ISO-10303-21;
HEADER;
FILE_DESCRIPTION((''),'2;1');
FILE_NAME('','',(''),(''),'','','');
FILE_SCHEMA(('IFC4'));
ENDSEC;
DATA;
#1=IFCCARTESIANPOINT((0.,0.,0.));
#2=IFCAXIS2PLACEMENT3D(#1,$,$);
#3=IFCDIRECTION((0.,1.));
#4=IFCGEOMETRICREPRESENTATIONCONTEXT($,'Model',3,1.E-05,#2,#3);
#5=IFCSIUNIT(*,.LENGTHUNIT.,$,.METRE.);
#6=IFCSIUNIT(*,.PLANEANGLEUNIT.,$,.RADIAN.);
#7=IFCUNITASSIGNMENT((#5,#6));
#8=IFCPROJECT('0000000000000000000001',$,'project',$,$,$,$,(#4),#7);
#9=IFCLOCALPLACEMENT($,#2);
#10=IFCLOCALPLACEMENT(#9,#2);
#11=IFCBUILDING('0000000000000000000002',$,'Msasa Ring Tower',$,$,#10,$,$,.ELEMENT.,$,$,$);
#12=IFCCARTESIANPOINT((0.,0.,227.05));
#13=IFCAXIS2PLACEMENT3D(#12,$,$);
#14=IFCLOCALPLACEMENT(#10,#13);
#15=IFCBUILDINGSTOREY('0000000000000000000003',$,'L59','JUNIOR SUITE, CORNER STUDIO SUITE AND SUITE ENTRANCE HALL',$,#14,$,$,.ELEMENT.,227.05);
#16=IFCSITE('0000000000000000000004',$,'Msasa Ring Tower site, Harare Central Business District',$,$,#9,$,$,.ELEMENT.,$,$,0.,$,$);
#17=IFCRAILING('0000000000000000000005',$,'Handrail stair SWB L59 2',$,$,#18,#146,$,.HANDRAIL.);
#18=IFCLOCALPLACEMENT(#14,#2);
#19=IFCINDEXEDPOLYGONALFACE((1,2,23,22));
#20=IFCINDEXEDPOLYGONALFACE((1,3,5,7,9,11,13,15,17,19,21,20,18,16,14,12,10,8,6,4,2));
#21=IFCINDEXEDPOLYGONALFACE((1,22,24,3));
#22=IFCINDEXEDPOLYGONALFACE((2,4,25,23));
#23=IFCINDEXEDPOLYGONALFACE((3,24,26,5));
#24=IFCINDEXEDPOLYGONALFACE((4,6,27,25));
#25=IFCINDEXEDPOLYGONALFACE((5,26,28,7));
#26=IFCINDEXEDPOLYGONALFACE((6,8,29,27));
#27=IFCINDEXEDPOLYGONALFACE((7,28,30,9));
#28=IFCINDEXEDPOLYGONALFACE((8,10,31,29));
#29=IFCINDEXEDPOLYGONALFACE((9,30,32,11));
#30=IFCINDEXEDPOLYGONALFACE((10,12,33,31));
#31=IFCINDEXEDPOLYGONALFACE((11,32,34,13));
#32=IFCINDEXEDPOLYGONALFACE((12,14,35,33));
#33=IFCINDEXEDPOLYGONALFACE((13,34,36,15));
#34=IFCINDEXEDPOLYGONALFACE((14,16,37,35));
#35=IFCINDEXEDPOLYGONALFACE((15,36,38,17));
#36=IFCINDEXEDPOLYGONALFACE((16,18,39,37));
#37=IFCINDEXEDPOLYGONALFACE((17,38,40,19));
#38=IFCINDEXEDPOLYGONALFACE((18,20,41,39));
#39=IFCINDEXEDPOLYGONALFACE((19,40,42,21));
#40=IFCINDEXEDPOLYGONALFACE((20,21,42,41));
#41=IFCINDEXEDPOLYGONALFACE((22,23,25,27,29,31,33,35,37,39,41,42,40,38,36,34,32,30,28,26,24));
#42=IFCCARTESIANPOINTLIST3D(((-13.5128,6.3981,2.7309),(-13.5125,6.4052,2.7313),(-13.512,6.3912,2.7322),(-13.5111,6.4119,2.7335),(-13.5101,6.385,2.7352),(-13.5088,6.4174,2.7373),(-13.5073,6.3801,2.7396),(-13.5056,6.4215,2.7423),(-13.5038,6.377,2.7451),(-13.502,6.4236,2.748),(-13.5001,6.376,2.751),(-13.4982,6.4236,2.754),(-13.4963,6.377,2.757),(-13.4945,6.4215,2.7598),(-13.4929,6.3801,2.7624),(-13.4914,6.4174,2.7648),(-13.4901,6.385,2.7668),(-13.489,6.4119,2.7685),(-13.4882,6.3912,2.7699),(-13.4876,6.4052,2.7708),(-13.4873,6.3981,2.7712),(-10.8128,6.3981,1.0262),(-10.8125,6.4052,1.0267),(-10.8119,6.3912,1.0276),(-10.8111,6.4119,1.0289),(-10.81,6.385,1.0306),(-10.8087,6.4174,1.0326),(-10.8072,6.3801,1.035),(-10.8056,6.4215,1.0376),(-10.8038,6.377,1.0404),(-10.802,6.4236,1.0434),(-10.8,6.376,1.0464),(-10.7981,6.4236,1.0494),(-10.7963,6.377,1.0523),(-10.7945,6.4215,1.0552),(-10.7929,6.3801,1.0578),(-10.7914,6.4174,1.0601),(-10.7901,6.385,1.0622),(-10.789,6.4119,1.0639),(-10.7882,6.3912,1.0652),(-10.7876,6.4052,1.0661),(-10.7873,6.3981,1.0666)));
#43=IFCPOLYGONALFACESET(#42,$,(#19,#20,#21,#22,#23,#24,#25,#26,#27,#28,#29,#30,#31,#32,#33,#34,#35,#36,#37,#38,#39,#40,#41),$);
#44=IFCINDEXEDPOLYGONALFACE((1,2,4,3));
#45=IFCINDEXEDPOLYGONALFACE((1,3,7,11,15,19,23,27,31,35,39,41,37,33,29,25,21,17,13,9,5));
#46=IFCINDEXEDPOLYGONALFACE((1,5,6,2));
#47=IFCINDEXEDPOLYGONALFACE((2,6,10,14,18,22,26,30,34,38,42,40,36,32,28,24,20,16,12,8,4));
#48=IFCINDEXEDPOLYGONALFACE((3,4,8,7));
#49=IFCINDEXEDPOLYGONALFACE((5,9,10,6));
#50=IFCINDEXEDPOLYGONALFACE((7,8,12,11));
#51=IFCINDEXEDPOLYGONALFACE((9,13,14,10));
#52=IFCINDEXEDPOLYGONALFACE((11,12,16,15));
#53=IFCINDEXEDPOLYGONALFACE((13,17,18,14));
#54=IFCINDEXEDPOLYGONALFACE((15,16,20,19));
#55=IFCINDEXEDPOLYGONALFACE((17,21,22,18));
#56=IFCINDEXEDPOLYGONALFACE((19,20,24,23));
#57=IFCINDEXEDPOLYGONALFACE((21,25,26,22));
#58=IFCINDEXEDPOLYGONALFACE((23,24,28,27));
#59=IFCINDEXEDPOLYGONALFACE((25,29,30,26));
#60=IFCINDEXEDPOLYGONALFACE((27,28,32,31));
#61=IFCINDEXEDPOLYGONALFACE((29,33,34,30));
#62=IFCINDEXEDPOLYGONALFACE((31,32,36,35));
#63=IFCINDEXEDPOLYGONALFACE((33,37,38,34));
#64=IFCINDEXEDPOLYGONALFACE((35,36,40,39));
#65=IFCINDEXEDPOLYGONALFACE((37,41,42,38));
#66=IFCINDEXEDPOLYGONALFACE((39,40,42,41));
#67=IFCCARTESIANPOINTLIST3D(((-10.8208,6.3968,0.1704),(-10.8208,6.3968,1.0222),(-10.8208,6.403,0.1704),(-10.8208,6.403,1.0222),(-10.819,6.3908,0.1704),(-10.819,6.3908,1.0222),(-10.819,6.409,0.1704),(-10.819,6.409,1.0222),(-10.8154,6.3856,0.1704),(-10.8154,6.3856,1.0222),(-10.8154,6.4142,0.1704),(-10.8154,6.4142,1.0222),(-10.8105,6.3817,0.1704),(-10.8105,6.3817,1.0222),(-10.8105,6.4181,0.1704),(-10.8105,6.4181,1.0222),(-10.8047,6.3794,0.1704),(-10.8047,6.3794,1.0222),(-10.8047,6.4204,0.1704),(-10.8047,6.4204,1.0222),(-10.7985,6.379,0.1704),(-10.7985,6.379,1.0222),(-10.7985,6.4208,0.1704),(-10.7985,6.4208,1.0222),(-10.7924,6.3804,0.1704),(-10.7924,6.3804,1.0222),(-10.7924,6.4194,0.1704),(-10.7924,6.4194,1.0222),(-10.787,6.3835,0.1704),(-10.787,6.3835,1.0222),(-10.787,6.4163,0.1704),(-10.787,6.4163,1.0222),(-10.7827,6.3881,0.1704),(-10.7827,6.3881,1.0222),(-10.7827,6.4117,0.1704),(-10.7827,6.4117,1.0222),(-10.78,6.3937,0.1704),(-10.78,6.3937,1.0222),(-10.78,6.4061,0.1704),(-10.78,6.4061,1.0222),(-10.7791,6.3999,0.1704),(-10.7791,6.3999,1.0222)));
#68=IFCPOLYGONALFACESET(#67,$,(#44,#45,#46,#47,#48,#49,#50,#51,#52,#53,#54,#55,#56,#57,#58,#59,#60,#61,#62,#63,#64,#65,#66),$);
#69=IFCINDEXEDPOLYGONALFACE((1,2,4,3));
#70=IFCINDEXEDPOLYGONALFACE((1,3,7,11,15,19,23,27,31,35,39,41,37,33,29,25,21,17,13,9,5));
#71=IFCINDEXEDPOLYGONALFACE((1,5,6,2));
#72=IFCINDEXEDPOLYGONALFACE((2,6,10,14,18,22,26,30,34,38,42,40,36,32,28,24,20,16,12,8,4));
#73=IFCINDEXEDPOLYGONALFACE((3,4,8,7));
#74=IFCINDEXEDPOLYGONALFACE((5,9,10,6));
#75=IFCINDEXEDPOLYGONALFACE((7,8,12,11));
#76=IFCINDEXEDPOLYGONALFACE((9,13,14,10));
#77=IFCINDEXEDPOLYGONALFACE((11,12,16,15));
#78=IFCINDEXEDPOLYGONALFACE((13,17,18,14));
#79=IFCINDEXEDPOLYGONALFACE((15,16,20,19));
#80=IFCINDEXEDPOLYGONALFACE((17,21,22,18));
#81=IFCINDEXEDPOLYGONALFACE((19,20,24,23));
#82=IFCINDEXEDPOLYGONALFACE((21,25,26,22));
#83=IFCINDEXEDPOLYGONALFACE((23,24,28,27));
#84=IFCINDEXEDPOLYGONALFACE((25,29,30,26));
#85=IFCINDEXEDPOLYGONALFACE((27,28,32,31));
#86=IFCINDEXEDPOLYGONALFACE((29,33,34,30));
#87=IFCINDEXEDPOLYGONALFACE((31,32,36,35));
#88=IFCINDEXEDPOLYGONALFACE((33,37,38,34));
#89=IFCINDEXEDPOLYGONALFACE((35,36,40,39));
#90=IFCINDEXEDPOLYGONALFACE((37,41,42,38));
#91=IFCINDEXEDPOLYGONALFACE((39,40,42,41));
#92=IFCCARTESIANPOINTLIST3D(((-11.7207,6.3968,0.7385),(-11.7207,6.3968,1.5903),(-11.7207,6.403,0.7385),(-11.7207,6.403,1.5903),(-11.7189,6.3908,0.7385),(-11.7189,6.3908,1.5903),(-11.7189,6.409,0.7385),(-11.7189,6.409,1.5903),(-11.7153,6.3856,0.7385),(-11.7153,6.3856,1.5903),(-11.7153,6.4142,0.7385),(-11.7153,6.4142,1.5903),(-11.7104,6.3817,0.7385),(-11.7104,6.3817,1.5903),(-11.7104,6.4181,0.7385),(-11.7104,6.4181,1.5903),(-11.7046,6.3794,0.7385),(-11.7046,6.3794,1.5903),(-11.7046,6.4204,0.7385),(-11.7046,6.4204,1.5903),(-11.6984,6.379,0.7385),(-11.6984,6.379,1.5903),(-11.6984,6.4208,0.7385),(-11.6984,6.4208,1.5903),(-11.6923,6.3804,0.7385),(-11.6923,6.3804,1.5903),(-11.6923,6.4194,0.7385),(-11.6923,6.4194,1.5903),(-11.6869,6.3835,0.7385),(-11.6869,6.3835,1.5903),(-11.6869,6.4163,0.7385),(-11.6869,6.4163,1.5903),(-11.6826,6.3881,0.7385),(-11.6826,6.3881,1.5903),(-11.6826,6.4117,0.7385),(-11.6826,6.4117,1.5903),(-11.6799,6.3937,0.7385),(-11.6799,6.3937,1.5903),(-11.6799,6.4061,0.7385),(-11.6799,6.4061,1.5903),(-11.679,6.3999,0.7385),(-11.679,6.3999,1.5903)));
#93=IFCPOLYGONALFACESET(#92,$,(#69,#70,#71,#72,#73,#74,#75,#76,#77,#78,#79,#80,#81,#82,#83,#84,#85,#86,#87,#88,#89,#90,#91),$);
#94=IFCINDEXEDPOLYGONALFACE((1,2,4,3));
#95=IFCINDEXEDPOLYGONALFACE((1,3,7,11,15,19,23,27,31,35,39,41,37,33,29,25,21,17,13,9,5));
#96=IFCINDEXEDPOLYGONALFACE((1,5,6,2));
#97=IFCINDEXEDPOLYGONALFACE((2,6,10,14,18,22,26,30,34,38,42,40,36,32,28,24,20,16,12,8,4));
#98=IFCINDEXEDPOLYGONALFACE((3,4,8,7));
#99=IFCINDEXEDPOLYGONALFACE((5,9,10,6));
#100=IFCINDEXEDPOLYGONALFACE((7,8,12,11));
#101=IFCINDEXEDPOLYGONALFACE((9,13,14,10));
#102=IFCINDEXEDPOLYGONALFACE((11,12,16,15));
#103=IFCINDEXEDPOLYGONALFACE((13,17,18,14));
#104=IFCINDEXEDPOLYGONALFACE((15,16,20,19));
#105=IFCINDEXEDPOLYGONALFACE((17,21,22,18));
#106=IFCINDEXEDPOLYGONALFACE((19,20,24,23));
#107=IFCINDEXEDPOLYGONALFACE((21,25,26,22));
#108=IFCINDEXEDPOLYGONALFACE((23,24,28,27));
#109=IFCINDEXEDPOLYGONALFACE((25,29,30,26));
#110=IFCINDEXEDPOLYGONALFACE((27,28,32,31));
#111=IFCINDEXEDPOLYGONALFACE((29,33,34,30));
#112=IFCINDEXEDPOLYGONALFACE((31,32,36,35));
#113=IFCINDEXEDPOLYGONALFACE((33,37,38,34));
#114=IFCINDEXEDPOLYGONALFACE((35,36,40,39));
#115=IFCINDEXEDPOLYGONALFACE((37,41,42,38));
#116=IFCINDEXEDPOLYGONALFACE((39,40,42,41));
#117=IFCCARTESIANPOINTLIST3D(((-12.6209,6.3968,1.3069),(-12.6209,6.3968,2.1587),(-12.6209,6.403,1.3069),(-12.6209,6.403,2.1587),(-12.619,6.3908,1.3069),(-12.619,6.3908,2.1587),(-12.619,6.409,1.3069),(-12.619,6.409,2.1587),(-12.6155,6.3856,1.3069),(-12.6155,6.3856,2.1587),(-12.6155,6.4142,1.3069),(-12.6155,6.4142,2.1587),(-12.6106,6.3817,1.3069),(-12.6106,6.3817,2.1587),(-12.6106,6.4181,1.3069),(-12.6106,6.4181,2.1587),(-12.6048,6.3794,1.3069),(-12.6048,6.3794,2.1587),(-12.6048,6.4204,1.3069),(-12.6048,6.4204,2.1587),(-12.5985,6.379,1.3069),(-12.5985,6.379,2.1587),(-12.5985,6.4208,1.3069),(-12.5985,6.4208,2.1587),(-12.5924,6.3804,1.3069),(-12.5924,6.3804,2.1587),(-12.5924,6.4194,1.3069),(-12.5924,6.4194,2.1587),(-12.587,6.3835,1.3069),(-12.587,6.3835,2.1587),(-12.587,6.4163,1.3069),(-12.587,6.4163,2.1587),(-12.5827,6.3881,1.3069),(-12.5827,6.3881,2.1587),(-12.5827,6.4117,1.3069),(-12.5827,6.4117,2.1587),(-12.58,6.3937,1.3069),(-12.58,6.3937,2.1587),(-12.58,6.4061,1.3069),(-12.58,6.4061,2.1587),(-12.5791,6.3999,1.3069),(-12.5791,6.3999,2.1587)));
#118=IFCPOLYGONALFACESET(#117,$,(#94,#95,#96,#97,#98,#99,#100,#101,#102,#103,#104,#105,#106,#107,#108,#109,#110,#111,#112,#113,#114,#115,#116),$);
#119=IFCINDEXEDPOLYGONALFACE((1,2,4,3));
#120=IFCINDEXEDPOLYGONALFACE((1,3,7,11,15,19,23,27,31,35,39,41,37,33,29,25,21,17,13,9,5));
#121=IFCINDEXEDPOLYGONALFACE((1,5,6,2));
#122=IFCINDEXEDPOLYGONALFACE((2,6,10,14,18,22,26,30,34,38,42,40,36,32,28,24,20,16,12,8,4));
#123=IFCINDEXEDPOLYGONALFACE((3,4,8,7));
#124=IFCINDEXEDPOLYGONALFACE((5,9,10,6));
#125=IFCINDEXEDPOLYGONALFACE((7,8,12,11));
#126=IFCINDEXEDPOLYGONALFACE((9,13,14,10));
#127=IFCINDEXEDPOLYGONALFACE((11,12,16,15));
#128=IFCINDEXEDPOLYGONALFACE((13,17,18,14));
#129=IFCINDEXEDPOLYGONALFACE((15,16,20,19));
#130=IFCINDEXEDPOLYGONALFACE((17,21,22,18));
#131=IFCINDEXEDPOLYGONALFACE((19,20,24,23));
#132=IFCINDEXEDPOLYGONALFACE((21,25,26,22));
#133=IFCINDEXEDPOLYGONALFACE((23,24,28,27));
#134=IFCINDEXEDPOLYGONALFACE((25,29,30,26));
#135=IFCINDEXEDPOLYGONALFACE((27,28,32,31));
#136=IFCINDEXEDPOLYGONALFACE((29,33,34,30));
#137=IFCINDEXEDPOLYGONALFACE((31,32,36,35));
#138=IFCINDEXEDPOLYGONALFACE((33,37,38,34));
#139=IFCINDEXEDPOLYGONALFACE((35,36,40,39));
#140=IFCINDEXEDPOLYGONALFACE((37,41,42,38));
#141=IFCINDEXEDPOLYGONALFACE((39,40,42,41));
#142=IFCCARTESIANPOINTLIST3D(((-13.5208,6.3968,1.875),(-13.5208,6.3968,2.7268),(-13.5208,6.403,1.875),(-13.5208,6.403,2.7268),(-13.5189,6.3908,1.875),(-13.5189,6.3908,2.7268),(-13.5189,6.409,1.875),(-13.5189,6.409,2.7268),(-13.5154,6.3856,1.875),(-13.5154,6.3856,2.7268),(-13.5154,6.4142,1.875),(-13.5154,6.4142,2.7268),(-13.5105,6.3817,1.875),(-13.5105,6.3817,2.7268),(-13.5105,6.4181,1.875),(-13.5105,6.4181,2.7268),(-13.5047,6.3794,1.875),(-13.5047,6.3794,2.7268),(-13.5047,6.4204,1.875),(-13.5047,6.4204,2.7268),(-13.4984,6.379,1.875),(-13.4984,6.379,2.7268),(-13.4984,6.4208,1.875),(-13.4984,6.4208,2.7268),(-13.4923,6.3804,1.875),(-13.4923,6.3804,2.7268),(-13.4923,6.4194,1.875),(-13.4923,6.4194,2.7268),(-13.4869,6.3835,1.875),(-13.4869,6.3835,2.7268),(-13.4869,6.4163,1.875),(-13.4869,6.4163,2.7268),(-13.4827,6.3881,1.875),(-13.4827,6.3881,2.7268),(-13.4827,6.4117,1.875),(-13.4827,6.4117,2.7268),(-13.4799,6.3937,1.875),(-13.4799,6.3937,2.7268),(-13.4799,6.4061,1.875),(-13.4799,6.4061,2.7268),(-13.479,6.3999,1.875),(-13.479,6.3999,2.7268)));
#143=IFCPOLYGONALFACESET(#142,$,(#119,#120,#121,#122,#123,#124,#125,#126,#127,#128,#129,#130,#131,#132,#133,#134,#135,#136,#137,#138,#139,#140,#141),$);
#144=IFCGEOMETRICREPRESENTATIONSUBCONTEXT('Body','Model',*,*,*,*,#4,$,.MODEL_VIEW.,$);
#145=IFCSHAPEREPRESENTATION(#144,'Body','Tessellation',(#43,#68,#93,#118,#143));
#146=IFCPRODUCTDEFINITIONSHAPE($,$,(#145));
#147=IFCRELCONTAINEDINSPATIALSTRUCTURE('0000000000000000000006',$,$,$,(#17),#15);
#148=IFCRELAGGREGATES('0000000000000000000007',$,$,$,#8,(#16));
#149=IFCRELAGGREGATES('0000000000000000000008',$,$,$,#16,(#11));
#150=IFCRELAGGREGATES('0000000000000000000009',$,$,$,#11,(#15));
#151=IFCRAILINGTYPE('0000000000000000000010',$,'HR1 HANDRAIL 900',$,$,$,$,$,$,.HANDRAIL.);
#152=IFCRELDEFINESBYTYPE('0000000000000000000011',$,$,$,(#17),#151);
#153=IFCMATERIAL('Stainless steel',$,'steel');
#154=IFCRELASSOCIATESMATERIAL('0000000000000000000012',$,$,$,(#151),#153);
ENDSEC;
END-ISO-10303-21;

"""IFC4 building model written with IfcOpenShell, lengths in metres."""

from ifc_helpers import new_model, si_unit, direction, frame, origin, origin_2d, place, context, subcontext, project, spatial, circle, extrude, material, type_object, element, save


model = new_model("IFC4")

# Units and contexts
model_context = context("Model", 3, precision=1e-05, world=origin(), true_north=direction((0.0, 1.0)))
body_context = subcontext(model_context, "Body", "Model", "MODEL_VIEW")
ifc_project = project(units=[si_unit("LENGTHUNIT", "METRE"), si_unit("PLANEANGLEUNIT", "RADIAN")], contexts=[model_context])

# Site, building, storey
site_placement = place(None, origin())
site = spatial("IfcSite", under=ifc_project, at=site_placement, Name="Msasa Ring Tower site, Harare Central Business District", CompositionType="ELEMENT", RefElevation=0.0)
building_placement = place(site_placement, origin())
building = spatial("IfcBuilding", under=site, at=building_placement, Name="Msasa Ring Tower", CompositionType="ELEMENT")
storey_placement = place(building_placement, frame((0.0, 0.0, 227.05)))
storey = spatial("IfcBuildingStorey", under=building, at=storey_placement, Name="L59", Description="JUNIOR SUITE, CORNER STUDIO SUITE AND SUITE ENTRANCE HALL", CompositionType="ELEMENT", Elevation=227.05)

# Railing
ifc_material_1 = material(Name="Stainless steel", Category="steel")
railing_type = type_object("IfcRailingType", Name="HR1 HANDRAIL 900", PredefinedType="HANDRAIL", material=ifc_material_1)
for number, where, name in (
    (1, (-10.8, 6.3999, 0.1704), "Handrail stair SWB L59 2"),
):
    element("IfcRailing", number, at=place(storey_placement, frame(where)), inside=storey, type_object=railing_type, Name=name, PredefinedType="HANDRAIL", context=body_context, shape_type="SweptSolid", body=[
        extrude(circle(Radius=0.0239, at=origin_2d()), frame((0.0, 0.0, 0.876), z_axis=(-0.84558, 0.0, 0.533849), x_axis=(0.0, -1.0, 0.0)), (0.0, 0.0, 1.0), 3.1931),
        extrude(circle(Radius=0.021, at=origin_2d()), origin(), (0.0, 0.0, 1.0), 0.8518),
        extrude(circle(Radius=0.021, at=origin_2d()), frame((-0.8999, 0.0, 0.5681)), (0.0, 0.0, 1.0), 0.8518),
        extrude(circle(Radius=0.021, at=origin_2d()), frame((-1.8, 0.0, 1.1365)), (0.0, 0.0, 1.0), 0.8518),
        extrude(circle(Radius=0.021, at=origin_2d()), frame((-2.7, 0.0, 1.7046)), (0.0, 0.0, 1.0), 0.8518),
    ])

save(model, "model.ifc")
